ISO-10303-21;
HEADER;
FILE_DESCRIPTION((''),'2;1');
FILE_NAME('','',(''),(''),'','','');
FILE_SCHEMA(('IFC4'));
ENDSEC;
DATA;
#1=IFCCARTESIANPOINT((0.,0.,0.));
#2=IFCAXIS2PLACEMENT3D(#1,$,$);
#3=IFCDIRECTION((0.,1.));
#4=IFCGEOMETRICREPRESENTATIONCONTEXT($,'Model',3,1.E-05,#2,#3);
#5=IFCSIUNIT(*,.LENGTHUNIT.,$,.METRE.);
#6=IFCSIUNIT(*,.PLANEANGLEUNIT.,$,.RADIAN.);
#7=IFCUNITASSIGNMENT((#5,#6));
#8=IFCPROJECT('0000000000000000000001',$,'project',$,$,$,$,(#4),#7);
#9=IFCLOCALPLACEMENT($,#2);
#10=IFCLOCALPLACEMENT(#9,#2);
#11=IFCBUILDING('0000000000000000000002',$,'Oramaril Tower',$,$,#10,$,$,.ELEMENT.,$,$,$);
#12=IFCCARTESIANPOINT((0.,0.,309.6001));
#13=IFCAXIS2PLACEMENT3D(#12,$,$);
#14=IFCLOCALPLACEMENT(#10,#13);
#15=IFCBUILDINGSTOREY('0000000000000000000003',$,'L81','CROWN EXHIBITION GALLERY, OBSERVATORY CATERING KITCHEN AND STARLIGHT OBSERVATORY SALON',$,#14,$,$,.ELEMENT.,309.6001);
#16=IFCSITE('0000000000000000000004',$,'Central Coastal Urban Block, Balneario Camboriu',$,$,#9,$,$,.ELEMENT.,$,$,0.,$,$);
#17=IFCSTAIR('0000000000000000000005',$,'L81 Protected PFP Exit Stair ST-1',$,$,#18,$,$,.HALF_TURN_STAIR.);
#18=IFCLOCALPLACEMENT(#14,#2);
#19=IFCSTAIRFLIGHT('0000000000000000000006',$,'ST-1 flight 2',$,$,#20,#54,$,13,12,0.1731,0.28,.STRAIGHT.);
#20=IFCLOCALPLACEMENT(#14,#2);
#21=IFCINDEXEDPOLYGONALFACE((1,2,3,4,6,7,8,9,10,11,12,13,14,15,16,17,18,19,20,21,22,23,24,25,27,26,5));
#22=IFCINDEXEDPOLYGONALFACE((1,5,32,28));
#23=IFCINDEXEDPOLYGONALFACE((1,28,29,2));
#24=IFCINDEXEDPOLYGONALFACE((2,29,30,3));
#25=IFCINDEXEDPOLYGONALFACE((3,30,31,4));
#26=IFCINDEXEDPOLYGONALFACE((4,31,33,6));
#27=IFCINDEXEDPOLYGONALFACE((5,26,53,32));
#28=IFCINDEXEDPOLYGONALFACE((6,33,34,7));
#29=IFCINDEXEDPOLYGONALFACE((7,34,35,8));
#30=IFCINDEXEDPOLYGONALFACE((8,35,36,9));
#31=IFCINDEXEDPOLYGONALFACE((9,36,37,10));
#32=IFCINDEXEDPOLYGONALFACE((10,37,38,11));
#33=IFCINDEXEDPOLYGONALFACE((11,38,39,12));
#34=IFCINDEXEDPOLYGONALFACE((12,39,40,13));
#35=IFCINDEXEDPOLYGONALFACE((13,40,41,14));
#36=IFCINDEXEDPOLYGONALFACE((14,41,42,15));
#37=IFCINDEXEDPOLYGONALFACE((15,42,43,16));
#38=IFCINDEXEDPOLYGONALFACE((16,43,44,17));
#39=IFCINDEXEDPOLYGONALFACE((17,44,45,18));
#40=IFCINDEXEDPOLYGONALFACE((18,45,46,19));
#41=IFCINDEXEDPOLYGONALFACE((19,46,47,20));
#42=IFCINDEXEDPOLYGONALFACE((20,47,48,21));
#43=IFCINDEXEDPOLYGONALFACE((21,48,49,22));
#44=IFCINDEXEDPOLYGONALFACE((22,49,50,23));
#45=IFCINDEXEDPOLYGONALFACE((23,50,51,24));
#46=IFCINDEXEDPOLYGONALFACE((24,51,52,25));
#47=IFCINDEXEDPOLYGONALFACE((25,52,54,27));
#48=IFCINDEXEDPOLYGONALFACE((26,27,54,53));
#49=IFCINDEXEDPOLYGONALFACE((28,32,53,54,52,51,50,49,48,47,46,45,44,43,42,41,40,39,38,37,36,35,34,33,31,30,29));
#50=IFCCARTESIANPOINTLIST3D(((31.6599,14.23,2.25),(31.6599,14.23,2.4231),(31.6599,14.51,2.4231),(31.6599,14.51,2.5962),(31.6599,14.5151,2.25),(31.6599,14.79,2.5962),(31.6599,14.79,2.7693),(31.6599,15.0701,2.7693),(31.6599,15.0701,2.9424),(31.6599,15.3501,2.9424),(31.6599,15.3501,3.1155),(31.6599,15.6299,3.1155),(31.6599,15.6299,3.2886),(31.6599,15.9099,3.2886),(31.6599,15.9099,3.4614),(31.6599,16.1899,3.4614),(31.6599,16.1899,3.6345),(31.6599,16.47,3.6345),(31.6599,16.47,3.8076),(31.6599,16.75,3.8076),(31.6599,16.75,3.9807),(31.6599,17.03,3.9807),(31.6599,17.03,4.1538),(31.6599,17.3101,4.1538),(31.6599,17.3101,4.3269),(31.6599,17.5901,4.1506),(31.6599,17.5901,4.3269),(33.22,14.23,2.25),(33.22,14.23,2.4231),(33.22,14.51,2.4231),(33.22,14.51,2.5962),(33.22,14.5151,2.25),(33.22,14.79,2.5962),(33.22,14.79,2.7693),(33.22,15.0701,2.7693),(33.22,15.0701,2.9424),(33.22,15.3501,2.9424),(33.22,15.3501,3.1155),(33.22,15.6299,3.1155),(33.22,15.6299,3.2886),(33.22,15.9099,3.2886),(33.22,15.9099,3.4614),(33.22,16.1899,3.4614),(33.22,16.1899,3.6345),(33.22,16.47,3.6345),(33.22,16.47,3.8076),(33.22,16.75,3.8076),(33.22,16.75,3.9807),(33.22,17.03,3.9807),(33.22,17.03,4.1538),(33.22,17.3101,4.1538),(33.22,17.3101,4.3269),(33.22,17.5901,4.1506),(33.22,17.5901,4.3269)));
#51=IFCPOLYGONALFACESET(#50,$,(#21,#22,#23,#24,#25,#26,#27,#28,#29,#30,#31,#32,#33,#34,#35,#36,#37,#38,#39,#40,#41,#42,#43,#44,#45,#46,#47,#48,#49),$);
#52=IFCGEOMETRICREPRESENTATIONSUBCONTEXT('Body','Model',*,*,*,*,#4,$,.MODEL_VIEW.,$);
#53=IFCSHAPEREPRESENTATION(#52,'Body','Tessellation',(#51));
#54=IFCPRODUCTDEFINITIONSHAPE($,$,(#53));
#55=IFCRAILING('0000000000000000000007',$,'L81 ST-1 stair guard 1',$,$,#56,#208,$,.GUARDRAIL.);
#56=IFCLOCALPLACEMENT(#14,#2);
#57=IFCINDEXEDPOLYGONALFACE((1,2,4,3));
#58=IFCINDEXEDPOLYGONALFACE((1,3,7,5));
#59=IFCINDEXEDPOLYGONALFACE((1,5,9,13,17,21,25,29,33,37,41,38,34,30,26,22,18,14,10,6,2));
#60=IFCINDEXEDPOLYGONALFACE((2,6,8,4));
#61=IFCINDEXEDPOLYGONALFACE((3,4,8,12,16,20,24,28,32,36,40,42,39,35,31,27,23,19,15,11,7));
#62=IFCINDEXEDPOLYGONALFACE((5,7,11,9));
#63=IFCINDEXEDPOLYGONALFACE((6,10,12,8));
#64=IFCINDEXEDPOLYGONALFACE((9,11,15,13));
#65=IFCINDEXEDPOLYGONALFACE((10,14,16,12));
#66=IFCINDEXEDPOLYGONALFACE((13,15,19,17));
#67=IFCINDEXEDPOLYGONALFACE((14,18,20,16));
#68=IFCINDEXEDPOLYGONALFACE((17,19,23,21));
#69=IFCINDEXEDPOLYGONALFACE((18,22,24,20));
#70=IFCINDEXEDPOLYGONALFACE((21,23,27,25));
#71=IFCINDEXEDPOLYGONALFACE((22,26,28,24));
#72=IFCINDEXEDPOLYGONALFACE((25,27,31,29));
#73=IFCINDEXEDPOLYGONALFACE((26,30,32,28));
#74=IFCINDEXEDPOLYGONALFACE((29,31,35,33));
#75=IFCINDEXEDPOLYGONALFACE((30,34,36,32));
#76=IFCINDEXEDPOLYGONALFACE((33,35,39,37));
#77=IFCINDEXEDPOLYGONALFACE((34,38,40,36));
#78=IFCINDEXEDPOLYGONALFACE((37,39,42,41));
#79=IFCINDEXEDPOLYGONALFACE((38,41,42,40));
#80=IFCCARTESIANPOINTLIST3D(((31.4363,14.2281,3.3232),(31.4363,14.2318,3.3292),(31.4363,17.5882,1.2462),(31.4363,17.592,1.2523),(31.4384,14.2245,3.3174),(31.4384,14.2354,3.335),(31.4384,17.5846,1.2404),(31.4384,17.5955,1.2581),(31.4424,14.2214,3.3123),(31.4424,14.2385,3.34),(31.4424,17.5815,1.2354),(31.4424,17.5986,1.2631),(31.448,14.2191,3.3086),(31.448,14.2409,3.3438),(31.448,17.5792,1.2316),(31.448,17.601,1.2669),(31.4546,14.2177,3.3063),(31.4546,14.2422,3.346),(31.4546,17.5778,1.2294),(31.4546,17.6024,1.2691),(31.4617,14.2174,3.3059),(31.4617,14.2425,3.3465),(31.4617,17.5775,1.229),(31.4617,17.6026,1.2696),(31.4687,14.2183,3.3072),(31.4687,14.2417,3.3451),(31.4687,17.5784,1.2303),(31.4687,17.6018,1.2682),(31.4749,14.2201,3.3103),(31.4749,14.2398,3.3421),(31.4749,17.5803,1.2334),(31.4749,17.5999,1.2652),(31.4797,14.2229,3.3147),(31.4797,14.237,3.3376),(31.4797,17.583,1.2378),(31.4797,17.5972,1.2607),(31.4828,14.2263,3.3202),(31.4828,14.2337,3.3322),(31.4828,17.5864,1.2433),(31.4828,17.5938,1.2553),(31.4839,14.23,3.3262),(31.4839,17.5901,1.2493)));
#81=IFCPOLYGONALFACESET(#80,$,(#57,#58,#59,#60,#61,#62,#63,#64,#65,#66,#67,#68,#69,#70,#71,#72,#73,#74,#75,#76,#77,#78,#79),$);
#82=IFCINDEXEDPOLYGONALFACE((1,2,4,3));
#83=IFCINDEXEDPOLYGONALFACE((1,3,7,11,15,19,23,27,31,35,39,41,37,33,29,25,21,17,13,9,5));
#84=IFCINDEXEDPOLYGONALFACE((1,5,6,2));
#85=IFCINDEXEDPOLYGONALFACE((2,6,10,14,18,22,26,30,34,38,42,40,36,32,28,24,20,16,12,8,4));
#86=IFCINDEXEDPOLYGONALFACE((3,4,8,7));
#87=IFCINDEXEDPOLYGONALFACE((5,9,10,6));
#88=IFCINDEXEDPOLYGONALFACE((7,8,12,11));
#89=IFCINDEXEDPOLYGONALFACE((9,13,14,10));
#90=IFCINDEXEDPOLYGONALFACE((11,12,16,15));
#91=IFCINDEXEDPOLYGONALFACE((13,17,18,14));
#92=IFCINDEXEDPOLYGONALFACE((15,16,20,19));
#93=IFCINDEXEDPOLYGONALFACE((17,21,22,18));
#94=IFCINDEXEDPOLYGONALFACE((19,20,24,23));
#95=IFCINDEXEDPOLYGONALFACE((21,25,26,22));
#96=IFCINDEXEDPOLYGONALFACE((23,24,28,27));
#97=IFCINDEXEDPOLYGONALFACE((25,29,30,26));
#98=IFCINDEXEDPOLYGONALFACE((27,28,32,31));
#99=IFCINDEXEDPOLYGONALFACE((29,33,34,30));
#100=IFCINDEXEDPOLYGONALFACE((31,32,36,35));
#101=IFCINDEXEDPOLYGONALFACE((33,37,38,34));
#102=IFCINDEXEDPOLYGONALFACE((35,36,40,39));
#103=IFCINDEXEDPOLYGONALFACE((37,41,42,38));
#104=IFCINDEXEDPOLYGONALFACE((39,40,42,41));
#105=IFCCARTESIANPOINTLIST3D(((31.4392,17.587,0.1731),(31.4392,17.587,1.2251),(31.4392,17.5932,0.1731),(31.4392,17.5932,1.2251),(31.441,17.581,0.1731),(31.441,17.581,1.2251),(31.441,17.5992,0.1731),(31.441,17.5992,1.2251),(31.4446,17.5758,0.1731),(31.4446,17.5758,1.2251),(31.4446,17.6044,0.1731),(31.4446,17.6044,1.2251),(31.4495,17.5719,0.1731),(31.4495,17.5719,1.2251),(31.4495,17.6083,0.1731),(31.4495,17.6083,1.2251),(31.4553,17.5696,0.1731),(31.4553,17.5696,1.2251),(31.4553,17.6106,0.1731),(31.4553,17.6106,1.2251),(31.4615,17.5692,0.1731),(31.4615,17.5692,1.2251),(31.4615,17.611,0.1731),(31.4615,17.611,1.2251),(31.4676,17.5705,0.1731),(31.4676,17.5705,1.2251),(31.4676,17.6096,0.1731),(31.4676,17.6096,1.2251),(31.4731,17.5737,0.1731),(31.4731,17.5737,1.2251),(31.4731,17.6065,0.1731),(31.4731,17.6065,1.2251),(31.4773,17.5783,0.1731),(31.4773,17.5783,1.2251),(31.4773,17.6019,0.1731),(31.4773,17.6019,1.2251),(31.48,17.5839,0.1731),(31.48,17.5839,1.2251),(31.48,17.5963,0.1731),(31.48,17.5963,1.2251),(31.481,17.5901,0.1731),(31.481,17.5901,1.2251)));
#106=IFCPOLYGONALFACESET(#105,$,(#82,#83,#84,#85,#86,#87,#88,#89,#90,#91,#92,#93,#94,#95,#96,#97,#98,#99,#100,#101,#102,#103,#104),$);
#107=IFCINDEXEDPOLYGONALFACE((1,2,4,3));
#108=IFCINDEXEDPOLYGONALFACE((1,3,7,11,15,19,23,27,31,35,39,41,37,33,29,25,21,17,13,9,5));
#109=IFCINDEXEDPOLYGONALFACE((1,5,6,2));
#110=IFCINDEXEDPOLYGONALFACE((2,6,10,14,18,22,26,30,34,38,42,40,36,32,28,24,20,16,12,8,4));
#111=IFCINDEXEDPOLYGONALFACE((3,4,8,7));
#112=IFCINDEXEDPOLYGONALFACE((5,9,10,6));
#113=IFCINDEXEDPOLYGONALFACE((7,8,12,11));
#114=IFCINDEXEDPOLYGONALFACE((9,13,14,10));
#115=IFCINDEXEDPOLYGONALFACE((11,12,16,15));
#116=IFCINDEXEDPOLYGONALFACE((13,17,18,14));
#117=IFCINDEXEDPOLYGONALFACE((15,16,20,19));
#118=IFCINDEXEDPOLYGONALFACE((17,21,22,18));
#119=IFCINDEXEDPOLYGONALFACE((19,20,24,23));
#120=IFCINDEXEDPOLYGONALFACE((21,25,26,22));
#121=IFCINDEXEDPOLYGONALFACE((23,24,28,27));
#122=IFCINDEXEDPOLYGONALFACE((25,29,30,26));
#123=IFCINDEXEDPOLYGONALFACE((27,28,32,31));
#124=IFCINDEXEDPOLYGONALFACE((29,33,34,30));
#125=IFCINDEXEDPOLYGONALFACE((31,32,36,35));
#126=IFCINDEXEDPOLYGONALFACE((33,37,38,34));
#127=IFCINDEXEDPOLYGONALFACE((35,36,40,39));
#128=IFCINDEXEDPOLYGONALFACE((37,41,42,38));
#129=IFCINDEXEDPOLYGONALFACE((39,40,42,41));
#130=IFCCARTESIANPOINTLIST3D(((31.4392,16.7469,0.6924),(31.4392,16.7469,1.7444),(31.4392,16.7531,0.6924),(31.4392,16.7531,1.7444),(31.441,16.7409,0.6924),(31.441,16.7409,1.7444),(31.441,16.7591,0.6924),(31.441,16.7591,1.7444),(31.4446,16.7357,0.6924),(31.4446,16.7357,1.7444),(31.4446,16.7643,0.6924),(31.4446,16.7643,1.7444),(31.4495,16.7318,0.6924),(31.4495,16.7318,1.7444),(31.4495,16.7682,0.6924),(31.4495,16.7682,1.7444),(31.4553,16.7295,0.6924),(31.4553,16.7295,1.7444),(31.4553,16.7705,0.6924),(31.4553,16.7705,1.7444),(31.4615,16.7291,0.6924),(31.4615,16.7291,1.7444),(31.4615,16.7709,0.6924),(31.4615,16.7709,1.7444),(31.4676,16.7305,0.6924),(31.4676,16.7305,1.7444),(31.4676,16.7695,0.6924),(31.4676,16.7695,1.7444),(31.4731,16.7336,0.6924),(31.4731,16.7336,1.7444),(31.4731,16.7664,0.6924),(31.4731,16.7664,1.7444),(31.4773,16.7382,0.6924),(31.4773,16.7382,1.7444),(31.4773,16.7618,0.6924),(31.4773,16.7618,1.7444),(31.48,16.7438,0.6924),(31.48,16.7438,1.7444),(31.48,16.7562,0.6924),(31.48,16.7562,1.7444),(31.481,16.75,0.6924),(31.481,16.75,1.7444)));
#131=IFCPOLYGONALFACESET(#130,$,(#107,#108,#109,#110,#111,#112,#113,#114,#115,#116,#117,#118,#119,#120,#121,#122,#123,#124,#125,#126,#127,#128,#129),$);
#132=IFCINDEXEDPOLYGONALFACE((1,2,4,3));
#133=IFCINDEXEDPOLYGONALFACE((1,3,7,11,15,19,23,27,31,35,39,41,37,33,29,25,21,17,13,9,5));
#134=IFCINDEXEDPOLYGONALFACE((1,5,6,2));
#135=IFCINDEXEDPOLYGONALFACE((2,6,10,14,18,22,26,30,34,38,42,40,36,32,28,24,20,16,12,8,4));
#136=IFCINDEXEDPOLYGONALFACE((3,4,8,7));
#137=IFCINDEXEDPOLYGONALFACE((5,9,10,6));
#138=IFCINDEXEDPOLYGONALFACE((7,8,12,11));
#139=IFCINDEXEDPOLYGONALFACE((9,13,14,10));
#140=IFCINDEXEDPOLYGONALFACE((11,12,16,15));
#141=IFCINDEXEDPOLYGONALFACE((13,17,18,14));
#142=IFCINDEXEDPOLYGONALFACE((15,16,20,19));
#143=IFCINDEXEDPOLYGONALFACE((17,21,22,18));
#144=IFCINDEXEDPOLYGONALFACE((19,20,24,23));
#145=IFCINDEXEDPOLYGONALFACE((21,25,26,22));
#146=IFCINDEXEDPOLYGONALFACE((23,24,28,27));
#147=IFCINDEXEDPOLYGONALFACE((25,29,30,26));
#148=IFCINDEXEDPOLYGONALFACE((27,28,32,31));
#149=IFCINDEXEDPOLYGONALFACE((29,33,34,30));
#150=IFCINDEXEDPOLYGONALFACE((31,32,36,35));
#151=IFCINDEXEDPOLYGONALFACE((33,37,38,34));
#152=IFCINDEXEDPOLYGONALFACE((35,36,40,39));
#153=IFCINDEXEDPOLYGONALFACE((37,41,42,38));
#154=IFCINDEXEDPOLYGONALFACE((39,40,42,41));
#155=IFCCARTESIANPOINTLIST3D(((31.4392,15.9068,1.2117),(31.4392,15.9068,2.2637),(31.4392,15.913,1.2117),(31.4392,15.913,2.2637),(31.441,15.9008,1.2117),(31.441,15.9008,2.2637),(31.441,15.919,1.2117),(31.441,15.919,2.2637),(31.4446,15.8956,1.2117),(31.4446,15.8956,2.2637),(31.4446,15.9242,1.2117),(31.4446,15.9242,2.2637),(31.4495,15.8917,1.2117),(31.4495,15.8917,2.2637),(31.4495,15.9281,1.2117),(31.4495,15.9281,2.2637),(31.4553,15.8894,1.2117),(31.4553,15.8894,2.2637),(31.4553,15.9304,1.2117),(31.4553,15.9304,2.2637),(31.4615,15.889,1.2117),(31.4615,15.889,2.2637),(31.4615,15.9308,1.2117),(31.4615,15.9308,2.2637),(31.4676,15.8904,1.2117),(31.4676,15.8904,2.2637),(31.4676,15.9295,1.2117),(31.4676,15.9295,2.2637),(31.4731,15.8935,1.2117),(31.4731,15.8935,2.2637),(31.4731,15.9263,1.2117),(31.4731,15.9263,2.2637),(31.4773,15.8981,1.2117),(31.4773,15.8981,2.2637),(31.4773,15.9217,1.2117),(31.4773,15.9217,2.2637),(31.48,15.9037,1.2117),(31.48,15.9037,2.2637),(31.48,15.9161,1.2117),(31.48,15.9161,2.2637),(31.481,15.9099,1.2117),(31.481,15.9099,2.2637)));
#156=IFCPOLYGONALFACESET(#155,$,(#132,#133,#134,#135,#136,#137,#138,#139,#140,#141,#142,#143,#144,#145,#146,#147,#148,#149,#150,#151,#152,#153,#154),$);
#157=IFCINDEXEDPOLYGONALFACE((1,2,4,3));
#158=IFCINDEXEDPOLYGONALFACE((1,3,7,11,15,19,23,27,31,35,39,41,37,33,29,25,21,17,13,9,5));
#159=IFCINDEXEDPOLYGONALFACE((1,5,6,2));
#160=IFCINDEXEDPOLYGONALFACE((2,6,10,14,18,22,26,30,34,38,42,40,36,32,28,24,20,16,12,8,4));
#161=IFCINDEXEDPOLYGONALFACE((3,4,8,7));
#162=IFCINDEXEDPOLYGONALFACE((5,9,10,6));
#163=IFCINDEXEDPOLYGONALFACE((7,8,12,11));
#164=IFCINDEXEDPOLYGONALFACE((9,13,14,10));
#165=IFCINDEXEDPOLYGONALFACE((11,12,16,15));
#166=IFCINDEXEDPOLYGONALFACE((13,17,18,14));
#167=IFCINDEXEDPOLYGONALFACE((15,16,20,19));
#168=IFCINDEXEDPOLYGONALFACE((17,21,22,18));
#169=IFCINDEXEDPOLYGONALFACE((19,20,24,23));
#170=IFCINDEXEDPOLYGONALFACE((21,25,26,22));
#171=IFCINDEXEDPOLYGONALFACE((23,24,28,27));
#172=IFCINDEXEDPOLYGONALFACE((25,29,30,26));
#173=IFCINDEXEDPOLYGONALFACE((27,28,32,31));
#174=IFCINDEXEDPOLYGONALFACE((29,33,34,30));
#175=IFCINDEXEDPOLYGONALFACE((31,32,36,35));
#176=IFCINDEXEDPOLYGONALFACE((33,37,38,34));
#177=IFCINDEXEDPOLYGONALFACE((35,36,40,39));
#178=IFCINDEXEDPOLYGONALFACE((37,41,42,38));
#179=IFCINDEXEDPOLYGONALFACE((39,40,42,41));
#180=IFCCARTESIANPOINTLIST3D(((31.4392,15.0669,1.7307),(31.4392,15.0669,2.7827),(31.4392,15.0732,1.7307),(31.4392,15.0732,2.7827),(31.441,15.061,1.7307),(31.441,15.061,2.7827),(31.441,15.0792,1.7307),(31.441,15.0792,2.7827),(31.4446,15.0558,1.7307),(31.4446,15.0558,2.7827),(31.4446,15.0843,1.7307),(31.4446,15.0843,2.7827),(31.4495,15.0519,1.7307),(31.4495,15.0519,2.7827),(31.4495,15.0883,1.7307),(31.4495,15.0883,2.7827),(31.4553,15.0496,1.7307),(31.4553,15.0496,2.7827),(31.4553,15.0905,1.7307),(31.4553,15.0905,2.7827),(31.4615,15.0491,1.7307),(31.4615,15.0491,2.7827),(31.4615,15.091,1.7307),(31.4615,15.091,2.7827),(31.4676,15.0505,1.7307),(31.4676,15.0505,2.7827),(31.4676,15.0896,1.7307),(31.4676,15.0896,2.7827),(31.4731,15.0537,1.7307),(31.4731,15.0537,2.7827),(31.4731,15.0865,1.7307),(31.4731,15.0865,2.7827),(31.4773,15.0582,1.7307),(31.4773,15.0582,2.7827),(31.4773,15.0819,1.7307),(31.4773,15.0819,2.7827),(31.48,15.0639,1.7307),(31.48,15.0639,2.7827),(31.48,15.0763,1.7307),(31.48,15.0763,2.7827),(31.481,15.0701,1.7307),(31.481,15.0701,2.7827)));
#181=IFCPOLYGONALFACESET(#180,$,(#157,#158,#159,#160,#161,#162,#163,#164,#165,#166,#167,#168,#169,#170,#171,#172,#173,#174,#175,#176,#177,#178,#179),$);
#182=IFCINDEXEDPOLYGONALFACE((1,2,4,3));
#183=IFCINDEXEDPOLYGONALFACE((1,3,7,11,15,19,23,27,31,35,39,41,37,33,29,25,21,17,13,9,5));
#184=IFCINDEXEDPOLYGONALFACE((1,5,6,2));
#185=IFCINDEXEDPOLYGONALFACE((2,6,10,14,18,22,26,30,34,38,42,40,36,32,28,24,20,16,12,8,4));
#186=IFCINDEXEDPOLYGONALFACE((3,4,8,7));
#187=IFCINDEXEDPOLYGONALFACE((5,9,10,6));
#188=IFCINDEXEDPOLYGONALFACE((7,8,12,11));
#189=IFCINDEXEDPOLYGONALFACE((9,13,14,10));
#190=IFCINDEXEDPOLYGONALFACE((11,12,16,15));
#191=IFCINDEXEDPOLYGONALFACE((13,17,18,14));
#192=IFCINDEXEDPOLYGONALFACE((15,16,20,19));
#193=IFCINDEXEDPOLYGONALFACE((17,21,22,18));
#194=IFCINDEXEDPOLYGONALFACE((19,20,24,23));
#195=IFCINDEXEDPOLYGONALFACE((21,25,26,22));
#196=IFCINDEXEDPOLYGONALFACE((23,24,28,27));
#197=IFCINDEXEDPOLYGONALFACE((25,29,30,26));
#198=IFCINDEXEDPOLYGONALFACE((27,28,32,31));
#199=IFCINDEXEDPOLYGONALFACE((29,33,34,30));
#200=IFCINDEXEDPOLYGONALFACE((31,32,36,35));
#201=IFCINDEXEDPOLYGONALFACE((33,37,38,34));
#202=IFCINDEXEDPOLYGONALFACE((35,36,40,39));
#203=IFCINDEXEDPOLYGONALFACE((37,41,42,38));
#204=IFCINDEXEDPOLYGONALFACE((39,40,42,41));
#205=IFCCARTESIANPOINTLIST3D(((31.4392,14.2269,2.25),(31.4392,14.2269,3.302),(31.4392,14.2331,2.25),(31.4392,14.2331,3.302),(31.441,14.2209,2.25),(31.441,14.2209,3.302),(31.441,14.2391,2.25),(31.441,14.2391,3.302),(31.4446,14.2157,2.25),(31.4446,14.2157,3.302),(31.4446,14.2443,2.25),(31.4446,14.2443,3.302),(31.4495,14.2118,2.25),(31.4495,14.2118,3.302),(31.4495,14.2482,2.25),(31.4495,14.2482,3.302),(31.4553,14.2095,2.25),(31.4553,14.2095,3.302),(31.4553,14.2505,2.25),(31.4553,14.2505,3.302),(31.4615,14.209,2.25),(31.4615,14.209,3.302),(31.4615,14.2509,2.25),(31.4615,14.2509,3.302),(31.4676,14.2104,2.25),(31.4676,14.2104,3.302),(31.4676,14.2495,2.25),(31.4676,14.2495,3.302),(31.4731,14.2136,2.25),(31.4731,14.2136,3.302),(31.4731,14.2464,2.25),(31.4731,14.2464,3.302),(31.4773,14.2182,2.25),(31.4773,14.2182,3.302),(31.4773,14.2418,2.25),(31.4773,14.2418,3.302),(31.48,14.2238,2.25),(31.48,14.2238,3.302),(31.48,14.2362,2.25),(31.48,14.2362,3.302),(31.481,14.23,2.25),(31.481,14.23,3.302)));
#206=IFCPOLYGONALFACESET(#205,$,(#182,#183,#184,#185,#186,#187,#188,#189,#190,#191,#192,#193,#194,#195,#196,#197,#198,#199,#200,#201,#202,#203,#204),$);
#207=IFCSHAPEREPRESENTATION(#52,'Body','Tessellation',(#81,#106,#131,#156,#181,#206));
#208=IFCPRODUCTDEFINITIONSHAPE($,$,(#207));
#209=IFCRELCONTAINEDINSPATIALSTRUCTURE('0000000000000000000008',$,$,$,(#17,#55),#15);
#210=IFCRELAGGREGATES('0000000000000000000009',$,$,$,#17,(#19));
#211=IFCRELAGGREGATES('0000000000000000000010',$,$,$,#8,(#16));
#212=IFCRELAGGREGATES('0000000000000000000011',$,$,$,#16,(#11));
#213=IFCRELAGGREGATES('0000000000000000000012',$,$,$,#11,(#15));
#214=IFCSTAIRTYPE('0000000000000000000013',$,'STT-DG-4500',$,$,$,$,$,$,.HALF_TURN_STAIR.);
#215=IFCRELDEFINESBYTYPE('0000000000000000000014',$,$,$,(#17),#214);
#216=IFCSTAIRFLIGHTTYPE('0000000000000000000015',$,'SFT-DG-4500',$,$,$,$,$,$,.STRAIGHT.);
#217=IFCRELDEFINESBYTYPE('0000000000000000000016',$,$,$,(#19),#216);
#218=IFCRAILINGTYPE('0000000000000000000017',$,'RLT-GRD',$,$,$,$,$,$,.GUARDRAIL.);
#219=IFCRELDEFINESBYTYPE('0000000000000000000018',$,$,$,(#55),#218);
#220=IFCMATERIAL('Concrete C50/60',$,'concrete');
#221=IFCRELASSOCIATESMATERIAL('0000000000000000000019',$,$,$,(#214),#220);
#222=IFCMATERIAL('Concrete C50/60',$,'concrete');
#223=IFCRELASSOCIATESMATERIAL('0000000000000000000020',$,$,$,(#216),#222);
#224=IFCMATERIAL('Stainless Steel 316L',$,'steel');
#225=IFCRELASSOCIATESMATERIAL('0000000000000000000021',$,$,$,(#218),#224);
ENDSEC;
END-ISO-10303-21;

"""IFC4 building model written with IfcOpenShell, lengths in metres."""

from ifc_helpers import new_model, si_unit, direction, frame, origin, origin_2d, place, context, subcontext, project, spatial, polyline, circle, outline, extrude, material, type_object, element, aggregate, save


model = new_model("IFC4")

# Units and contexts
model_context = context("Model", 3, precision=1e-05, world=origin(), true_north=direction((0.0, 1.0)))
body_context = subcontext(model_context, "Body", "Model", "MODEL_VIEW")
ifc_project = project(units=[si_unit("LENGTHUNIT", "METRE"), si_unit("PLANEANGLEUNIT", "RADIAN")], contexts=[model_context])

# Site, building, storey
site_placement = place(None, origin())
site = spatial("IfcSite", under=ifc_project, at=site_placement, Name="Central Coastal Urban Block, Balneario Camboriu", CompositionType="ELEMENT", RefElevation=0.0)
building_placement = place(site_placement, origin())
building = spatial("IfcBuilding", under=site, at=building_placement, Name="Oramaril Tower", CompositionType="ELEMENT")
storey_placement = place(building_placement, frame((0.0, 0.0, 309.6001)))
storey = spatial("IfcBuildingStorey", under=building, at=storey_placement, Name="L81", Description="CROWN EXHIBITION GALLERY, OBSERVATORY CATERING KITCHEN AND STARLIGHT OBSERVATORY SALON", CompositionType="ELEMENT", Elevation=309.6001)

# Stair, stair flight
ifc_material_1 = material(Name="Concrete C50/60", Category="concrete")
stair_type = type_object("IfcStairType", Name="STT-DG-4500", PredefinedType="HALF_TURN_STAIR", material=ifc_material_1)
stair_placement = place(storey_placement, origin())
stair = element("IfcStair", 1, at=stair_placement, inside=storey, type_object=stair_type, Name="L81 Protected PFP Exit Stair ST-1", PredefinedType="HALF_TURN_STAIR")
ifc_material_2 = material(Name="Concrete C50/60", Category="concrete")
stair_flight_type = type_object("IfcStairFlightType", Name="SFT-DG-4500", PredefinedType="STRAIGHT", material=ifc_material_2)
stair_flight_1_placement = place(storey_placement, frame((32.4399, 14.23, 2.25), z_axis=(0.0, 0.0, 1.0), x_axis=(0.0, 1.0, 0.0)))
stair_flight_1 = element("IfcStairFlight", 2, at=stair_flight_1_placement, type_object=stair_flight_type, Name="ST-1 flight 2", NumberOfRisers=13, NumberOfTreads=12, PredefinedType="STRAIGHT", RiserHeight=0.1731, TreadLength=0.28, context=body_context, shape_type="SweptSolid", body=[
    extrude(outline(polyline([(0.0, 0.0), (0.0, 0.1731), (0.28, 0.1731), (0.28, 0.3462), (0.5601, 0.3462), (0.5601, 0.5193), (0.8401, 0.5193), (0.8401, 0.6924), (1.1201, 0.6924), (1.1201, 0.8655), (1.3999, 0.8655), (1.3999, 1.0386), (1.6799, 1.0386), (1.6799, 1.2114), (1.96, 1.2114), (1.96, 1.3845), (2.24, 1.3845), (2.24, 1.5576), (2.52, 1.5576), (2.52, 1.7307), (2.8, 1.7307), (2.8, 1.9038), (3.0801, 1.9038), (3.0801, 2.0769), (3.3601, 2.0769), (3.3601, 2.25), (3.3601, 1.9006), (0.2852, 0.0), (0.0, 0.0)])), frame((0.0, 0.78, 0.0), z_axis=(0.0, -1.0, 0.0), x_axis=(1.0, 0.0, 0.0)), (0.0, 0.0, 1.0), 1.5601),
])
aggregate(stair, [stair_flight_1])

# Railing
ifc_material_3 = material(Name="Stainless Steel 316L", Category="steel")
railing_type_1 = type_object("IfcRailingType", Name="RLT-GRD", PredefinedType="GUARDRAIL", material=ifc_material_3)
railing_1_placement = place(storey_placement, frame((31.46, 17.5901, 0.1731)))
element("IfcRailing", 3, at=railing_1_placement, inside=storey, type_object=railing_type_1, Name="L81 ST-1 stair guard 1", PredefinedType="GUARDRAIL", context=body_context, shape_type="SweptSolid", body=[
    extrude(circle(Radius=0.0239, at=origin_2d()), frame((0.0, 0.0, 1.0762), z_axis=(0.0, -0.850623, 0.525776), x_axis=(1.0, 0.0, 0.0)), (0.0, 0.0, 1.0), 3.9502),
    extrude(circle(Radius=0.021, at=origin_2d()), origin(), (0.0, 0.0, 1.0), 1.052),
    extrude(circle(Radius=0.021, at=origin_2d()), frame((0.0, -0.8401, 0.5193)), (0.0, 0.0, 1.0), 1.052),
    extrude(circle(Radius=0.021, at=origin_2d()), frame((0.0, -1.6802, 1.0386)), (0.0, 0.0, 1.0), 1.052),
    extrude(circle(Radius=0.021, at=origin_2d()), frame((0.0, -2.52, 1.5576)), (0.0, 0.0, 1.0), 1.052),
    extrude(circle(Radius=0.021, at=origin_2d()), frame((0.0, -3.3601, 2.0769)), (0.0, 0.0, 1.0), 1.052),
])

save(model, "model.ifc")
